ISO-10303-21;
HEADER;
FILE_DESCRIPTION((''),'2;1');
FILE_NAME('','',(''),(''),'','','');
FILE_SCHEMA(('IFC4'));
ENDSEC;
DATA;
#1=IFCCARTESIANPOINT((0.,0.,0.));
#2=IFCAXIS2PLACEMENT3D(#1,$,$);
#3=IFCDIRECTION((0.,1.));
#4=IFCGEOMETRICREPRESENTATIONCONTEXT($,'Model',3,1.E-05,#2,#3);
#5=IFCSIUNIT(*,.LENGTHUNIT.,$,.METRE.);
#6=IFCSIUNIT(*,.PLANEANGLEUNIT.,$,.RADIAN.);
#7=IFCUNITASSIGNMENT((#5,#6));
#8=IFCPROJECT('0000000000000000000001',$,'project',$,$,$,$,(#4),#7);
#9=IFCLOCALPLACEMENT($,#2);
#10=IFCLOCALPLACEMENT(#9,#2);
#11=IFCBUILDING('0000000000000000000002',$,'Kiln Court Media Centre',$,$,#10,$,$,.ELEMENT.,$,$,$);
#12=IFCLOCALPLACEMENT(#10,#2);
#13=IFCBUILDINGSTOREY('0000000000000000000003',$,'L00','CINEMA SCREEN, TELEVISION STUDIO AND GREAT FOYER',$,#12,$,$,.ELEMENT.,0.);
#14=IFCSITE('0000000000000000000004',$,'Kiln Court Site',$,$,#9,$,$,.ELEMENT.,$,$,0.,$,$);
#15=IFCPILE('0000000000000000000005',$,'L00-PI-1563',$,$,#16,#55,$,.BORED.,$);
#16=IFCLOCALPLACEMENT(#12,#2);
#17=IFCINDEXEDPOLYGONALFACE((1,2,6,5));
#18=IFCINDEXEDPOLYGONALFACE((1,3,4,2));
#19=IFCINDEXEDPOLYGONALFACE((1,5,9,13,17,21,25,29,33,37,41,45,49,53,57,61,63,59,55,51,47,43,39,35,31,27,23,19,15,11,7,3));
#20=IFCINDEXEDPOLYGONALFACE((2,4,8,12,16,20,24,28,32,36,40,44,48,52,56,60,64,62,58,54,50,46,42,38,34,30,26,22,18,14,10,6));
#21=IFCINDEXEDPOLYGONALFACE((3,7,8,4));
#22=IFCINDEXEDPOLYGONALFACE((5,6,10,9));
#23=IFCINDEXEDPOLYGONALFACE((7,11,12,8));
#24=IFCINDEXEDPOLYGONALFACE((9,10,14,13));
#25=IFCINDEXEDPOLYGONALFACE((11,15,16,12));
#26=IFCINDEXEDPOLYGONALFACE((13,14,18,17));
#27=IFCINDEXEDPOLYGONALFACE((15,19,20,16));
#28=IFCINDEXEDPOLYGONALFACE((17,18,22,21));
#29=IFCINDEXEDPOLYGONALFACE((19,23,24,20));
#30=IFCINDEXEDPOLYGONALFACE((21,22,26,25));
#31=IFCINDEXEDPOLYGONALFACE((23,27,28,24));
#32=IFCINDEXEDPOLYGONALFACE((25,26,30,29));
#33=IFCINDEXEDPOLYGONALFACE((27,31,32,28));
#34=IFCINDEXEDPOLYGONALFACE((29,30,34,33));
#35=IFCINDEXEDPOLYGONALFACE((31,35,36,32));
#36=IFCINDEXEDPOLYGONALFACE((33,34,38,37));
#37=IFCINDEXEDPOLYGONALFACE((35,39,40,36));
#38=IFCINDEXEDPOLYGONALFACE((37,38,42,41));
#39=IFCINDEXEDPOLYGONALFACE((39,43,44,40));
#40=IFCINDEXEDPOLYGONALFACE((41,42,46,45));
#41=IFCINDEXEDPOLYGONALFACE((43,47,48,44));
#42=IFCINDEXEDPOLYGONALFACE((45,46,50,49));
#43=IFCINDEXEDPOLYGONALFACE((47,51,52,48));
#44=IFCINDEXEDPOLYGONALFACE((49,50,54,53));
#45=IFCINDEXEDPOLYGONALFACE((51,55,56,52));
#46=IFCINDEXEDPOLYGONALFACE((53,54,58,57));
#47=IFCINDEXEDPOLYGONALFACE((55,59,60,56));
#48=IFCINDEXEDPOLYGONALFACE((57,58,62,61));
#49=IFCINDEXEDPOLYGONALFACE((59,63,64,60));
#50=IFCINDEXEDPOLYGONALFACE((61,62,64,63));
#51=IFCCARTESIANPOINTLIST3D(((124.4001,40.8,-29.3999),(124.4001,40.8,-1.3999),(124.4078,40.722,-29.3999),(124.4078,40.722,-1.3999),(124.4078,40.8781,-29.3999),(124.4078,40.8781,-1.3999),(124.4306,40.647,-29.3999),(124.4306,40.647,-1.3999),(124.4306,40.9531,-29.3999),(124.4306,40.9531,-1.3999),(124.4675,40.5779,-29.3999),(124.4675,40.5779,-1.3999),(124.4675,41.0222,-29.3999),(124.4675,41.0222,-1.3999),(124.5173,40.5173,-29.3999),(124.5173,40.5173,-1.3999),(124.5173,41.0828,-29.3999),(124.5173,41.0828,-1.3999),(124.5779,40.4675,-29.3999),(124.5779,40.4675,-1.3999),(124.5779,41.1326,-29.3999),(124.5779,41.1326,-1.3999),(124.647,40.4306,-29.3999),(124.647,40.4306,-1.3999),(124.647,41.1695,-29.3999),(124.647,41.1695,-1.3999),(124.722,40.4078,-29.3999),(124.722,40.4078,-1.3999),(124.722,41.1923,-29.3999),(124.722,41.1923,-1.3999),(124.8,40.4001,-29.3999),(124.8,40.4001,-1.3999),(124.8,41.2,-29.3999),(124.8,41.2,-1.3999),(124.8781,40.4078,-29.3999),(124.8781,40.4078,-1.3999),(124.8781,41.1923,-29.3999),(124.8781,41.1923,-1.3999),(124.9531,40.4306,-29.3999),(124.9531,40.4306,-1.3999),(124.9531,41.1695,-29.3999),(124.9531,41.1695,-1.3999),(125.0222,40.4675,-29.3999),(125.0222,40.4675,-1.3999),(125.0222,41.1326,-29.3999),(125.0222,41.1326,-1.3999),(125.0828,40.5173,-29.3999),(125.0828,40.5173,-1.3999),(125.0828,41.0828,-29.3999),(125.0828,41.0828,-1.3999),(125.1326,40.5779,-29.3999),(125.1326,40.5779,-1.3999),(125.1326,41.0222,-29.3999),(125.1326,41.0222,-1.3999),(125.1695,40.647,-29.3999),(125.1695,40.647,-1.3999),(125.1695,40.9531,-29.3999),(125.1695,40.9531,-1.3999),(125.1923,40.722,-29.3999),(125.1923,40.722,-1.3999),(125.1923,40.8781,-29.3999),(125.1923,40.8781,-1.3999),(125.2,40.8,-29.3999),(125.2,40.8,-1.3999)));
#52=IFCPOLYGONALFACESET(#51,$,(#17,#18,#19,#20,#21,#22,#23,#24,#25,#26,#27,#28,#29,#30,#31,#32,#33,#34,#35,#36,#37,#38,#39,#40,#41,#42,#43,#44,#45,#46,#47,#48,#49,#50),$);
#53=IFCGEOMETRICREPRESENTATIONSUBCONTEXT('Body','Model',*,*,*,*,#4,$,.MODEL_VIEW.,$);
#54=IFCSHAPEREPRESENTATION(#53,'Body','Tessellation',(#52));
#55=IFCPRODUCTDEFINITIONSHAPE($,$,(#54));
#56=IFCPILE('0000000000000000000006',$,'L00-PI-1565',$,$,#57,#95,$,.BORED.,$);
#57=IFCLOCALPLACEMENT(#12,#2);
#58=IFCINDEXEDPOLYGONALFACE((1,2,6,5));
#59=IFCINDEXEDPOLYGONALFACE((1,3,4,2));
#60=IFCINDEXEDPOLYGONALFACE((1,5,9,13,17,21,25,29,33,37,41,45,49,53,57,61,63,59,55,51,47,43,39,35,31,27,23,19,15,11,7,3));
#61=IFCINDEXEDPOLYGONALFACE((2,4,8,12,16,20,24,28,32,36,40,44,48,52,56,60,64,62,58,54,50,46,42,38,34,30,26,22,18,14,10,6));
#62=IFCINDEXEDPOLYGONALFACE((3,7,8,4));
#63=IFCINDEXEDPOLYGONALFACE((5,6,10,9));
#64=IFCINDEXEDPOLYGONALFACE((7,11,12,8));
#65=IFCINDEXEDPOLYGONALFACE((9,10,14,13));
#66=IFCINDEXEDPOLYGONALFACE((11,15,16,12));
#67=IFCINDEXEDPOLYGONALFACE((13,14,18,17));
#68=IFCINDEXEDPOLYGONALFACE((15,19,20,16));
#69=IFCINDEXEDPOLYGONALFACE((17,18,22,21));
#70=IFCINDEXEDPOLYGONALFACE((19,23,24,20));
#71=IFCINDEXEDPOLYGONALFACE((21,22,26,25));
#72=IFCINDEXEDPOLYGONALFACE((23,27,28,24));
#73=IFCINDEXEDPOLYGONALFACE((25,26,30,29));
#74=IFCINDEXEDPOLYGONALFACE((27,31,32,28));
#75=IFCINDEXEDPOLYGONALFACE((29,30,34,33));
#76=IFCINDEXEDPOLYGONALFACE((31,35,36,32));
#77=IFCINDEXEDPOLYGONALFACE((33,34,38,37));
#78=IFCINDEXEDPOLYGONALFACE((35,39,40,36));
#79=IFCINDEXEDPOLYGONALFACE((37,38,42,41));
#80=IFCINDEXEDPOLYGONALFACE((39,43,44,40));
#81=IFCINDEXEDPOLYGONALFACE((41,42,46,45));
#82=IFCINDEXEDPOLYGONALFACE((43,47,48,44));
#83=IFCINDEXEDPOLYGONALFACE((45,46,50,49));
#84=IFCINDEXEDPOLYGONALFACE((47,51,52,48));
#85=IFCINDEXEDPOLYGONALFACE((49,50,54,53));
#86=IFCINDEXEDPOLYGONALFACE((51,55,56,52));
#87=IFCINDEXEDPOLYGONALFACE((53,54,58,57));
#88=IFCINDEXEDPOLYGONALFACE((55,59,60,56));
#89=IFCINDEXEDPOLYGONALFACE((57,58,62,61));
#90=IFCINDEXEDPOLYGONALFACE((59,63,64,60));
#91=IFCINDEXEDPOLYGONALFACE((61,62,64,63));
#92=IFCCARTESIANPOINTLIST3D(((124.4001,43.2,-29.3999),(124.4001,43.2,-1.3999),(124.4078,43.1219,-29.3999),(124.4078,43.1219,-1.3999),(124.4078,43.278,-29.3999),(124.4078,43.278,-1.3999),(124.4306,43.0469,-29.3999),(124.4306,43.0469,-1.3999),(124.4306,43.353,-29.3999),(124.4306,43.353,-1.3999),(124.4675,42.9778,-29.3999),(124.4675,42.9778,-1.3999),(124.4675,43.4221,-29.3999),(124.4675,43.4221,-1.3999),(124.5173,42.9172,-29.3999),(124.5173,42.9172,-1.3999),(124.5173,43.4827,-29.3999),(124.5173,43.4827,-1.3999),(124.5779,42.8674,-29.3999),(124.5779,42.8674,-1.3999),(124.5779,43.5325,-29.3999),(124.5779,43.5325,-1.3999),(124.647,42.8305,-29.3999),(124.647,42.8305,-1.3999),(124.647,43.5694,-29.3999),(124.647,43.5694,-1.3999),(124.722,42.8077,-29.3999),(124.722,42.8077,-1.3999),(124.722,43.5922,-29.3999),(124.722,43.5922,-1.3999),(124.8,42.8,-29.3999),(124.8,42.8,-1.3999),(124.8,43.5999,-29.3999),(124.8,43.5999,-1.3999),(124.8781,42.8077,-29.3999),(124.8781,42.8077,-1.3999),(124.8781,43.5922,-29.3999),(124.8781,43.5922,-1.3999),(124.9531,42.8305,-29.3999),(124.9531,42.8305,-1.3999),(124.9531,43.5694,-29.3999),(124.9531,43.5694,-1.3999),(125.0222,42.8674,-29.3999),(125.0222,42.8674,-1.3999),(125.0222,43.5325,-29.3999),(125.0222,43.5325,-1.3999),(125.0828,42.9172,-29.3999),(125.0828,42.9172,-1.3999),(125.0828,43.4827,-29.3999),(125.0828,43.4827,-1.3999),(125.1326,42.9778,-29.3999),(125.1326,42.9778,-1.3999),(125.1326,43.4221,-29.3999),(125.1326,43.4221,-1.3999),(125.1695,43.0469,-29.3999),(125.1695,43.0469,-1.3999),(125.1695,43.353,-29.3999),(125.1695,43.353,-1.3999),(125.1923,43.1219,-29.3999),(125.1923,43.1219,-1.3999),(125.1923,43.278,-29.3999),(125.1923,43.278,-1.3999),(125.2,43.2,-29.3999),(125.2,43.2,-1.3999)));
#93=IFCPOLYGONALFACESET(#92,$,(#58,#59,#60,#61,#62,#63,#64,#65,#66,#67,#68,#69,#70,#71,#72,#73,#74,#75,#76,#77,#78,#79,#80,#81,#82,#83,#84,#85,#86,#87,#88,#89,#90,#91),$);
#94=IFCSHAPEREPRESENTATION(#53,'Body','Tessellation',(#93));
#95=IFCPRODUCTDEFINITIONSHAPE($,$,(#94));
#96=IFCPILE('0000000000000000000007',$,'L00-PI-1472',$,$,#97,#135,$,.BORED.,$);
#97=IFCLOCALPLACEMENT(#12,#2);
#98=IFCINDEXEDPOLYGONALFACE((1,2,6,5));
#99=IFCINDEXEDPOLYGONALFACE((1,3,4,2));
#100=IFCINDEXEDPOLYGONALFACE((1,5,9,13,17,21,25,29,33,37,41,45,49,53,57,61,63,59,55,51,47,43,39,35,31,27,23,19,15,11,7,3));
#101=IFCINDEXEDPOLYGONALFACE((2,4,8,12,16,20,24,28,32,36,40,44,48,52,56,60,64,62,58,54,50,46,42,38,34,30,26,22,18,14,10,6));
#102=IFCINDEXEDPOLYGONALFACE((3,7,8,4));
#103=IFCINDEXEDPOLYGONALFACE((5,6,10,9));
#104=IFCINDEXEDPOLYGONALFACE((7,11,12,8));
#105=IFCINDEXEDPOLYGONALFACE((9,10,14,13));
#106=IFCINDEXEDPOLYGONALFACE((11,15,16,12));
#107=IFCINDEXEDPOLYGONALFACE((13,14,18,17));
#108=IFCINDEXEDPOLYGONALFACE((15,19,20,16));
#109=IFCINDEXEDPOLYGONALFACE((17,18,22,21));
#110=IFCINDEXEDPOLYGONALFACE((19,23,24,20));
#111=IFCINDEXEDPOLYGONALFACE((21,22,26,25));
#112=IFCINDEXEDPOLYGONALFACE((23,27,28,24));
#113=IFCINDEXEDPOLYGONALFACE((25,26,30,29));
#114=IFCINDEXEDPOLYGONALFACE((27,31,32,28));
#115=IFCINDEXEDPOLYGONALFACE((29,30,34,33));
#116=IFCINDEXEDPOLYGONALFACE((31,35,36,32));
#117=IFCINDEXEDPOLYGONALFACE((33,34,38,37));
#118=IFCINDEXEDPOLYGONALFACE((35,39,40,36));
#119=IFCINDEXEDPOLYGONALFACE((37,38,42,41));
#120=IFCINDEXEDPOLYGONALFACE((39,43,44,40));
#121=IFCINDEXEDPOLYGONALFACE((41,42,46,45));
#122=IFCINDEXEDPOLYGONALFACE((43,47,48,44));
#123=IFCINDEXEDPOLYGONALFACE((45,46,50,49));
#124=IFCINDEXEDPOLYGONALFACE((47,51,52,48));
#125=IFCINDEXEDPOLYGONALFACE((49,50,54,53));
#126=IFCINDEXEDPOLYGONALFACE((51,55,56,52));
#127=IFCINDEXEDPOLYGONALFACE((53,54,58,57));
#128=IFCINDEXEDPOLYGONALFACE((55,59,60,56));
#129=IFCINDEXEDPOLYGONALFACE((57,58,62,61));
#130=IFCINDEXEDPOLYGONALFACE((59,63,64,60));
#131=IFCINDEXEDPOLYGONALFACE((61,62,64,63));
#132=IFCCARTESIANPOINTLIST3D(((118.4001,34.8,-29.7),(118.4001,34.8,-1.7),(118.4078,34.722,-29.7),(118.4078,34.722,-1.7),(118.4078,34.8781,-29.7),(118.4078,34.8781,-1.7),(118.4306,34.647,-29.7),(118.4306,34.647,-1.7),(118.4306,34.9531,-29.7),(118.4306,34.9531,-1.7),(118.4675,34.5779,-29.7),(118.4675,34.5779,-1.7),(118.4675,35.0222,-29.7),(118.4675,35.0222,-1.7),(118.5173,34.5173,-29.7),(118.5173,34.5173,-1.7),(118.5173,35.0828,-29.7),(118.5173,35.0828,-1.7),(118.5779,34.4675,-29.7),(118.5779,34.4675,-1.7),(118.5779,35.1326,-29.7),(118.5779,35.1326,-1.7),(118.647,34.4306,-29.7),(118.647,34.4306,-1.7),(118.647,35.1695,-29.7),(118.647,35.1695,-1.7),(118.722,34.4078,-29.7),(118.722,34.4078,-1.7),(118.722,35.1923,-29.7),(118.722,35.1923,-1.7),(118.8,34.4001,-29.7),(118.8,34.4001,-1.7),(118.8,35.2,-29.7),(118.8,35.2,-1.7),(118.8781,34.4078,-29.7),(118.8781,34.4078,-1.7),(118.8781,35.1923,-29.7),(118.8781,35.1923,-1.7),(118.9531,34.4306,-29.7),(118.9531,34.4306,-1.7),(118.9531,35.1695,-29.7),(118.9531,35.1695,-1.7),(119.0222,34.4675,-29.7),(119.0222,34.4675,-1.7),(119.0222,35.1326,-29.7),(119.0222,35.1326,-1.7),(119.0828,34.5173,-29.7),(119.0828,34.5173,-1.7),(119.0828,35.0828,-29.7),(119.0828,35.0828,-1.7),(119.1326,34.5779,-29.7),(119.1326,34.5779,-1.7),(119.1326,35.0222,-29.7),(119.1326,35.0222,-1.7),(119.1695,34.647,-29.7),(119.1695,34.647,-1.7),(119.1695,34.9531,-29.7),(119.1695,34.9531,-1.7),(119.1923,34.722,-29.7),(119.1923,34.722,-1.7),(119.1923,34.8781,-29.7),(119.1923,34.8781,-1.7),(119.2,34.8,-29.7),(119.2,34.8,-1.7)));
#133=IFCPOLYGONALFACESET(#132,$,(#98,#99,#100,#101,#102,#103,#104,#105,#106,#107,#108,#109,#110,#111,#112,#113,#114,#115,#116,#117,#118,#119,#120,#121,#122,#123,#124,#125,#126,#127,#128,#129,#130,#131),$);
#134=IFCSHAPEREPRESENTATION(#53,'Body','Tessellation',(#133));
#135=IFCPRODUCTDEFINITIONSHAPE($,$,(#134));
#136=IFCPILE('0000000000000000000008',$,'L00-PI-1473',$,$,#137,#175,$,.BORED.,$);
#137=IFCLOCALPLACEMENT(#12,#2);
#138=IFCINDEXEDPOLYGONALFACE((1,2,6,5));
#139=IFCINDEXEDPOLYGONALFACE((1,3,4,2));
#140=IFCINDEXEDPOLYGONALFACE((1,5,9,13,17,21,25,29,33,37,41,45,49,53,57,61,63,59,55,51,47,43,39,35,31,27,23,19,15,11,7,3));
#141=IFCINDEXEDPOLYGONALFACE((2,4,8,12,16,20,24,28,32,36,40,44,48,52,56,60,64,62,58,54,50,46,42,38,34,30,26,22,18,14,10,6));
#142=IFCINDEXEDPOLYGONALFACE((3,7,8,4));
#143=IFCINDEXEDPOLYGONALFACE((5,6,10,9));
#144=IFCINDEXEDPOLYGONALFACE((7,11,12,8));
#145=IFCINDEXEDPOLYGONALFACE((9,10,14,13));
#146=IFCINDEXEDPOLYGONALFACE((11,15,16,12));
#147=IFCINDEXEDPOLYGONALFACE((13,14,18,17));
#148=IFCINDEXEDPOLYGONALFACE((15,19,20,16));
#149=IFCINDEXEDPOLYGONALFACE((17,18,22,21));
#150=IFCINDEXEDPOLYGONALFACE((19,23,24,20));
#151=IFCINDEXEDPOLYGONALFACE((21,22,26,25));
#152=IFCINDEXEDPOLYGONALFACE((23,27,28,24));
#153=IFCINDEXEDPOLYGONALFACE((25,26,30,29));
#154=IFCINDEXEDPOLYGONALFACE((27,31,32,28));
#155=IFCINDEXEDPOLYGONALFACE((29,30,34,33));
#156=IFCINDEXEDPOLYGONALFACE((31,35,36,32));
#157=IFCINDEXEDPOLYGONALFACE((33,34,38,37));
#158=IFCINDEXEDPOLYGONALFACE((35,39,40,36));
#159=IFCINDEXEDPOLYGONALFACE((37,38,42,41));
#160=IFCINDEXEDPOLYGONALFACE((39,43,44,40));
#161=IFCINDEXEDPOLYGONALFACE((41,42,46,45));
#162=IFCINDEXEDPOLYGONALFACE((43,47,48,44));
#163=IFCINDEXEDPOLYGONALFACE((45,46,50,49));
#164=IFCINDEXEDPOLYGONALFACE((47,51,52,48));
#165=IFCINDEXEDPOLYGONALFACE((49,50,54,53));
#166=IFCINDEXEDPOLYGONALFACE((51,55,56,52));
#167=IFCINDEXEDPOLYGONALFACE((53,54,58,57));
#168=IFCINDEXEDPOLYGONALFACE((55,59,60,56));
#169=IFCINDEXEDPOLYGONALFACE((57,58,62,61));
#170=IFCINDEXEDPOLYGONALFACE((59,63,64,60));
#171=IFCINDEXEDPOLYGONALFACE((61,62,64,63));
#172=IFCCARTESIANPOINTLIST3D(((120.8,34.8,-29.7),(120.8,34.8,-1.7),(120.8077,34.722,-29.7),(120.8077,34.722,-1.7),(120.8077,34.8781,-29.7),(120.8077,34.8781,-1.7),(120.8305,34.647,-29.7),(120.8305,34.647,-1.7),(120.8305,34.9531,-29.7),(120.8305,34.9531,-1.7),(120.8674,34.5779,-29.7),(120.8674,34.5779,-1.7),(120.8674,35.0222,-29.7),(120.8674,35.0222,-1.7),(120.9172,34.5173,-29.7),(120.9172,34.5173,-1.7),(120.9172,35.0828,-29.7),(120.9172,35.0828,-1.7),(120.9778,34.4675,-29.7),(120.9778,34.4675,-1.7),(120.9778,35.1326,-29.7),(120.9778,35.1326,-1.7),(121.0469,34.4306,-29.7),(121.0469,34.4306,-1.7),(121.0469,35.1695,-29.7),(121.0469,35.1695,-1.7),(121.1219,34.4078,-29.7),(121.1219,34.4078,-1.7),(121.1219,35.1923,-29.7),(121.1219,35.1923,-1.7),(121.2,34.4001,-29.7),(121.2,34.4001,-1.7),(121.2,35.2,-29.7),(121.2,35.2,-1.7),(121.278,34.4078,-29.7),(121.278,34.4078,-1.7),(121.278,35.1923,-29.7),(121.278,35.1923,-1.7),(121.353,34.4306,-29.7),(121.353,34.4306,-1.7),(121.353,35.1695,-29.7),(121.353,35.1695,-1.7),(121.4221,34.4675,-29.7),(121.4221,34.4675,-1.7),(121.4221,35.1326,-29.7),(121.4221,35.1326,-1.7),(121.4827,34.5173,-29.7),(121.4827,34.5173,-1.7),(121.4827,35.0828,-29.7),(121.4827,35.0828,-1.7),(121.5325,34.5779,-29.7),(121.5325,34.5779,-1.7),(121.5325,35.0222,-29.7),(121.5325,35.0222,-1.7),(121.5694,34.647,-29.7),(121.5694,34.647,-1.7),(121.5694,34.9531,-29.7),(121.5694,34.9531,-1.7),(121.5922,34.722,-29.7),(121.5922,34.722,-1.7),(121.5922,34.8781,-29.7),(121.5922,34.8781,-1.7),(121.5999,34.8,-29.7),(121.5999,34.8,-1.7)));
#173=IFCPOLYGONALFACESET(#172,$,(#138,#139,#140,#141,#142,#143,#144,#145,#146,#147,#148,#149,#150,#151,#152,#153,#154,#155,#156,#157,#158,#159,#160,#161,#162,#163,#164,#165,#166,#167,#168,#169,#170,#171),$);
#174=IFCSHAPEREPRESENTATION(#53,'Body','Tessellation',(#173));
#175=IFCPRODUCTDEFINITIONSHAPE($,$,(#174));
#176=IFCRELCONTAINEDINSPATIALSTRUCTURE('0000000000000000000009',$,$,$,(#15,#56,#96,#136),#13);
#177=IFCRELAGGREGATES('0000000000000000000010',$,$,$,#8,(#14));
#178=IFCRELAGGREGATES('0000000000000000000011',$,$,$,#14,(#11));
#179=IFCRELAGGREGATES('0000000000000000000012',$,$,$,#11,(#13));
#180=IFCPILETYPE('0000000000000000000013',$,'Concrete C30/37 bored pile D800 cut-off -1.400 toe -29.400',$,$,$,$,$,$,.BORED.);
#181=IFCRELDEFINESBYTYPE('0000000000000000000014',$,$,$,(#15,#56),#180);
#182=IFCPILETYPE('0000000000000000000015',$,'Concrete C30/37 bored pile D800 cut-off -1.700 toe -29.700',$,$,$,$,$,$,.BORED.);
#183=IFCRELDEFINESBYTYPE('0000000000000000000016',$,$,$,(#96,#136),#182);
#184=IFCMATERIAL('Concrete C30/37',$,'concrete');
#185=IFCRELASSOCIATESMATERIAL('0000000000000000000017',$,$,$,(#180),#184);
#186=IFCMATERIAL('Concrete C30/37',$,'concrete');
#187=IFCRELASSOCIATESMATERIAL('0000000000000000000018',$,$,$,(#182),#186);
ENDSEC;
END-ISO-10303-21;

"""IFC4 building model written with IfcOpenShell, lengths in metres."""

from ifc_helpers import new_model, si_unit, direction, frame, origin, origin_2d, place, context, subcontext, project, spatial, circle, extrude, material, material_profile, profile_set, type_object, element, save


model = new_model("IFC4")

# Units and contexts
model_context = context("Model", 3, precision=1e-05, world=origin(), true_north=direction((0.0, 1.0)))
body_context = subcontext(model_context, "Body", "Model", "MODEL_VIEW")
ifc_project = project(units=[si_unit("LENGTHUNIT", "METRE"), si_unit("PLANEANGLEUNIT", "RADIAN")], contexts=[model_context])

# Site, building, storey
site_placement = place(None, origin())
site = spatial("IfcSite", under=ifc_project, at=site_placement, Name="Kiln Court Site", CompositionType="ELEMENT", RefElevation=0.0)
building_placement = place(site_placement, origin())
building = spatial("IfcBuilding", under=site, at=building_placement, Name="Kiln Court Media Centre", CompositionType="ELEMENT")
storey_placement = place(building_placement, origin())
storey = spatial("IfcBuildingStorey", under=building, at=storey_placement, Name="L00", Description="CINEMA SCREEN, TELEVISION STUDIO AND GREAT FOYER", CompositionType="ELEMENT", Elevation=0.0)

# Piles
ifc_material_1 = material(Name="Concrete C30/37", Category="concrete")
ifc_material_profile_1 = material_profile(ifc_material_1, circle(Radius=0.3999, at=origin_2d()), Name="PILE D800")
ifc_profile_set_1 = profile_set([ifc_material_profile_1], Name="Concrete C30/37")
pile_type_1 = type_object("IfcPileType", Name="Concrete C30/37 bored pile D800 cut-off -1.400 toe -29.400", PredefinedType="BORED", material=ifc_profile_set_1)
for number, where, z_axis, x_axis, name in (
    (1, (124.8, 40.8, -1.3999), (0.0, 0.0, -1.0), (1.0, 0.0, 0.0), "L00-PI-1563"),
    (2, (124.8, 43.2, -1.3999), (0.0, 0.0, -1.0), (1.0, 0.0, 0.0), "L00-PI-1565"),
):
    element("IfcPile", number, at=place(storey_placement, frame(where, z_axis=z_axis, x_axis=x_axis)), inside=storey, type_object=pile_type_1, Name=name, PredefinedType="BORED", context=body_context, shape_type="SweptSolid", body=[
        extrude(circle(Radius=0.3999, at=origin_2d()), origin(), (0.0, 0.0, 1.0), 28.0),
    ])
ifc_material_2 = material(Name="Concrete C30/37", Category="concrete")
ifc_material_profile_2 = material_profile(ifc_material_2, circle(Radius=0.3999, at=origin_2d()), Name="PILE D800")
ifc_profile_set_2 = profile_set([ifc_material_profile_2], Name="Concrete C30/37")
pile_type_2 = type_object("IfcPileType", Name="Concrete C30/37 bored pile D800 cut-off -1.700 toe -29.700", PredefinedType="BORED", material=ifc_profile_set_2)
for number, where, z_axis, x_axis, name in (
    (3, (118.8, 34.8, -1.7), (0.0, 0.0, -1.0), (1.0, 0.0, 0.0), "L00-PI-1472"),
    (4, (121.2, 34.8, -1.7), (0.0, 0.0, -1.0), (1.0, 0.0, 0.0), "L00-PI-1473"),
):
    element("IfcPile", number, at=place(storey_placement, frame(where, z_axis=z_axis, x_axis=x_axis)), inside=storey, type_object=pile_type_2, Name=name, PredefinedType="BORED", context=body_context, shape_type="SweptSolid", body=[
        extrude(circle(Radius=0.3999, at=origin_2d()), origin(), (0.0, 0.0, 1.0), 28.0),
    ])

save(model, "model.ifc")
